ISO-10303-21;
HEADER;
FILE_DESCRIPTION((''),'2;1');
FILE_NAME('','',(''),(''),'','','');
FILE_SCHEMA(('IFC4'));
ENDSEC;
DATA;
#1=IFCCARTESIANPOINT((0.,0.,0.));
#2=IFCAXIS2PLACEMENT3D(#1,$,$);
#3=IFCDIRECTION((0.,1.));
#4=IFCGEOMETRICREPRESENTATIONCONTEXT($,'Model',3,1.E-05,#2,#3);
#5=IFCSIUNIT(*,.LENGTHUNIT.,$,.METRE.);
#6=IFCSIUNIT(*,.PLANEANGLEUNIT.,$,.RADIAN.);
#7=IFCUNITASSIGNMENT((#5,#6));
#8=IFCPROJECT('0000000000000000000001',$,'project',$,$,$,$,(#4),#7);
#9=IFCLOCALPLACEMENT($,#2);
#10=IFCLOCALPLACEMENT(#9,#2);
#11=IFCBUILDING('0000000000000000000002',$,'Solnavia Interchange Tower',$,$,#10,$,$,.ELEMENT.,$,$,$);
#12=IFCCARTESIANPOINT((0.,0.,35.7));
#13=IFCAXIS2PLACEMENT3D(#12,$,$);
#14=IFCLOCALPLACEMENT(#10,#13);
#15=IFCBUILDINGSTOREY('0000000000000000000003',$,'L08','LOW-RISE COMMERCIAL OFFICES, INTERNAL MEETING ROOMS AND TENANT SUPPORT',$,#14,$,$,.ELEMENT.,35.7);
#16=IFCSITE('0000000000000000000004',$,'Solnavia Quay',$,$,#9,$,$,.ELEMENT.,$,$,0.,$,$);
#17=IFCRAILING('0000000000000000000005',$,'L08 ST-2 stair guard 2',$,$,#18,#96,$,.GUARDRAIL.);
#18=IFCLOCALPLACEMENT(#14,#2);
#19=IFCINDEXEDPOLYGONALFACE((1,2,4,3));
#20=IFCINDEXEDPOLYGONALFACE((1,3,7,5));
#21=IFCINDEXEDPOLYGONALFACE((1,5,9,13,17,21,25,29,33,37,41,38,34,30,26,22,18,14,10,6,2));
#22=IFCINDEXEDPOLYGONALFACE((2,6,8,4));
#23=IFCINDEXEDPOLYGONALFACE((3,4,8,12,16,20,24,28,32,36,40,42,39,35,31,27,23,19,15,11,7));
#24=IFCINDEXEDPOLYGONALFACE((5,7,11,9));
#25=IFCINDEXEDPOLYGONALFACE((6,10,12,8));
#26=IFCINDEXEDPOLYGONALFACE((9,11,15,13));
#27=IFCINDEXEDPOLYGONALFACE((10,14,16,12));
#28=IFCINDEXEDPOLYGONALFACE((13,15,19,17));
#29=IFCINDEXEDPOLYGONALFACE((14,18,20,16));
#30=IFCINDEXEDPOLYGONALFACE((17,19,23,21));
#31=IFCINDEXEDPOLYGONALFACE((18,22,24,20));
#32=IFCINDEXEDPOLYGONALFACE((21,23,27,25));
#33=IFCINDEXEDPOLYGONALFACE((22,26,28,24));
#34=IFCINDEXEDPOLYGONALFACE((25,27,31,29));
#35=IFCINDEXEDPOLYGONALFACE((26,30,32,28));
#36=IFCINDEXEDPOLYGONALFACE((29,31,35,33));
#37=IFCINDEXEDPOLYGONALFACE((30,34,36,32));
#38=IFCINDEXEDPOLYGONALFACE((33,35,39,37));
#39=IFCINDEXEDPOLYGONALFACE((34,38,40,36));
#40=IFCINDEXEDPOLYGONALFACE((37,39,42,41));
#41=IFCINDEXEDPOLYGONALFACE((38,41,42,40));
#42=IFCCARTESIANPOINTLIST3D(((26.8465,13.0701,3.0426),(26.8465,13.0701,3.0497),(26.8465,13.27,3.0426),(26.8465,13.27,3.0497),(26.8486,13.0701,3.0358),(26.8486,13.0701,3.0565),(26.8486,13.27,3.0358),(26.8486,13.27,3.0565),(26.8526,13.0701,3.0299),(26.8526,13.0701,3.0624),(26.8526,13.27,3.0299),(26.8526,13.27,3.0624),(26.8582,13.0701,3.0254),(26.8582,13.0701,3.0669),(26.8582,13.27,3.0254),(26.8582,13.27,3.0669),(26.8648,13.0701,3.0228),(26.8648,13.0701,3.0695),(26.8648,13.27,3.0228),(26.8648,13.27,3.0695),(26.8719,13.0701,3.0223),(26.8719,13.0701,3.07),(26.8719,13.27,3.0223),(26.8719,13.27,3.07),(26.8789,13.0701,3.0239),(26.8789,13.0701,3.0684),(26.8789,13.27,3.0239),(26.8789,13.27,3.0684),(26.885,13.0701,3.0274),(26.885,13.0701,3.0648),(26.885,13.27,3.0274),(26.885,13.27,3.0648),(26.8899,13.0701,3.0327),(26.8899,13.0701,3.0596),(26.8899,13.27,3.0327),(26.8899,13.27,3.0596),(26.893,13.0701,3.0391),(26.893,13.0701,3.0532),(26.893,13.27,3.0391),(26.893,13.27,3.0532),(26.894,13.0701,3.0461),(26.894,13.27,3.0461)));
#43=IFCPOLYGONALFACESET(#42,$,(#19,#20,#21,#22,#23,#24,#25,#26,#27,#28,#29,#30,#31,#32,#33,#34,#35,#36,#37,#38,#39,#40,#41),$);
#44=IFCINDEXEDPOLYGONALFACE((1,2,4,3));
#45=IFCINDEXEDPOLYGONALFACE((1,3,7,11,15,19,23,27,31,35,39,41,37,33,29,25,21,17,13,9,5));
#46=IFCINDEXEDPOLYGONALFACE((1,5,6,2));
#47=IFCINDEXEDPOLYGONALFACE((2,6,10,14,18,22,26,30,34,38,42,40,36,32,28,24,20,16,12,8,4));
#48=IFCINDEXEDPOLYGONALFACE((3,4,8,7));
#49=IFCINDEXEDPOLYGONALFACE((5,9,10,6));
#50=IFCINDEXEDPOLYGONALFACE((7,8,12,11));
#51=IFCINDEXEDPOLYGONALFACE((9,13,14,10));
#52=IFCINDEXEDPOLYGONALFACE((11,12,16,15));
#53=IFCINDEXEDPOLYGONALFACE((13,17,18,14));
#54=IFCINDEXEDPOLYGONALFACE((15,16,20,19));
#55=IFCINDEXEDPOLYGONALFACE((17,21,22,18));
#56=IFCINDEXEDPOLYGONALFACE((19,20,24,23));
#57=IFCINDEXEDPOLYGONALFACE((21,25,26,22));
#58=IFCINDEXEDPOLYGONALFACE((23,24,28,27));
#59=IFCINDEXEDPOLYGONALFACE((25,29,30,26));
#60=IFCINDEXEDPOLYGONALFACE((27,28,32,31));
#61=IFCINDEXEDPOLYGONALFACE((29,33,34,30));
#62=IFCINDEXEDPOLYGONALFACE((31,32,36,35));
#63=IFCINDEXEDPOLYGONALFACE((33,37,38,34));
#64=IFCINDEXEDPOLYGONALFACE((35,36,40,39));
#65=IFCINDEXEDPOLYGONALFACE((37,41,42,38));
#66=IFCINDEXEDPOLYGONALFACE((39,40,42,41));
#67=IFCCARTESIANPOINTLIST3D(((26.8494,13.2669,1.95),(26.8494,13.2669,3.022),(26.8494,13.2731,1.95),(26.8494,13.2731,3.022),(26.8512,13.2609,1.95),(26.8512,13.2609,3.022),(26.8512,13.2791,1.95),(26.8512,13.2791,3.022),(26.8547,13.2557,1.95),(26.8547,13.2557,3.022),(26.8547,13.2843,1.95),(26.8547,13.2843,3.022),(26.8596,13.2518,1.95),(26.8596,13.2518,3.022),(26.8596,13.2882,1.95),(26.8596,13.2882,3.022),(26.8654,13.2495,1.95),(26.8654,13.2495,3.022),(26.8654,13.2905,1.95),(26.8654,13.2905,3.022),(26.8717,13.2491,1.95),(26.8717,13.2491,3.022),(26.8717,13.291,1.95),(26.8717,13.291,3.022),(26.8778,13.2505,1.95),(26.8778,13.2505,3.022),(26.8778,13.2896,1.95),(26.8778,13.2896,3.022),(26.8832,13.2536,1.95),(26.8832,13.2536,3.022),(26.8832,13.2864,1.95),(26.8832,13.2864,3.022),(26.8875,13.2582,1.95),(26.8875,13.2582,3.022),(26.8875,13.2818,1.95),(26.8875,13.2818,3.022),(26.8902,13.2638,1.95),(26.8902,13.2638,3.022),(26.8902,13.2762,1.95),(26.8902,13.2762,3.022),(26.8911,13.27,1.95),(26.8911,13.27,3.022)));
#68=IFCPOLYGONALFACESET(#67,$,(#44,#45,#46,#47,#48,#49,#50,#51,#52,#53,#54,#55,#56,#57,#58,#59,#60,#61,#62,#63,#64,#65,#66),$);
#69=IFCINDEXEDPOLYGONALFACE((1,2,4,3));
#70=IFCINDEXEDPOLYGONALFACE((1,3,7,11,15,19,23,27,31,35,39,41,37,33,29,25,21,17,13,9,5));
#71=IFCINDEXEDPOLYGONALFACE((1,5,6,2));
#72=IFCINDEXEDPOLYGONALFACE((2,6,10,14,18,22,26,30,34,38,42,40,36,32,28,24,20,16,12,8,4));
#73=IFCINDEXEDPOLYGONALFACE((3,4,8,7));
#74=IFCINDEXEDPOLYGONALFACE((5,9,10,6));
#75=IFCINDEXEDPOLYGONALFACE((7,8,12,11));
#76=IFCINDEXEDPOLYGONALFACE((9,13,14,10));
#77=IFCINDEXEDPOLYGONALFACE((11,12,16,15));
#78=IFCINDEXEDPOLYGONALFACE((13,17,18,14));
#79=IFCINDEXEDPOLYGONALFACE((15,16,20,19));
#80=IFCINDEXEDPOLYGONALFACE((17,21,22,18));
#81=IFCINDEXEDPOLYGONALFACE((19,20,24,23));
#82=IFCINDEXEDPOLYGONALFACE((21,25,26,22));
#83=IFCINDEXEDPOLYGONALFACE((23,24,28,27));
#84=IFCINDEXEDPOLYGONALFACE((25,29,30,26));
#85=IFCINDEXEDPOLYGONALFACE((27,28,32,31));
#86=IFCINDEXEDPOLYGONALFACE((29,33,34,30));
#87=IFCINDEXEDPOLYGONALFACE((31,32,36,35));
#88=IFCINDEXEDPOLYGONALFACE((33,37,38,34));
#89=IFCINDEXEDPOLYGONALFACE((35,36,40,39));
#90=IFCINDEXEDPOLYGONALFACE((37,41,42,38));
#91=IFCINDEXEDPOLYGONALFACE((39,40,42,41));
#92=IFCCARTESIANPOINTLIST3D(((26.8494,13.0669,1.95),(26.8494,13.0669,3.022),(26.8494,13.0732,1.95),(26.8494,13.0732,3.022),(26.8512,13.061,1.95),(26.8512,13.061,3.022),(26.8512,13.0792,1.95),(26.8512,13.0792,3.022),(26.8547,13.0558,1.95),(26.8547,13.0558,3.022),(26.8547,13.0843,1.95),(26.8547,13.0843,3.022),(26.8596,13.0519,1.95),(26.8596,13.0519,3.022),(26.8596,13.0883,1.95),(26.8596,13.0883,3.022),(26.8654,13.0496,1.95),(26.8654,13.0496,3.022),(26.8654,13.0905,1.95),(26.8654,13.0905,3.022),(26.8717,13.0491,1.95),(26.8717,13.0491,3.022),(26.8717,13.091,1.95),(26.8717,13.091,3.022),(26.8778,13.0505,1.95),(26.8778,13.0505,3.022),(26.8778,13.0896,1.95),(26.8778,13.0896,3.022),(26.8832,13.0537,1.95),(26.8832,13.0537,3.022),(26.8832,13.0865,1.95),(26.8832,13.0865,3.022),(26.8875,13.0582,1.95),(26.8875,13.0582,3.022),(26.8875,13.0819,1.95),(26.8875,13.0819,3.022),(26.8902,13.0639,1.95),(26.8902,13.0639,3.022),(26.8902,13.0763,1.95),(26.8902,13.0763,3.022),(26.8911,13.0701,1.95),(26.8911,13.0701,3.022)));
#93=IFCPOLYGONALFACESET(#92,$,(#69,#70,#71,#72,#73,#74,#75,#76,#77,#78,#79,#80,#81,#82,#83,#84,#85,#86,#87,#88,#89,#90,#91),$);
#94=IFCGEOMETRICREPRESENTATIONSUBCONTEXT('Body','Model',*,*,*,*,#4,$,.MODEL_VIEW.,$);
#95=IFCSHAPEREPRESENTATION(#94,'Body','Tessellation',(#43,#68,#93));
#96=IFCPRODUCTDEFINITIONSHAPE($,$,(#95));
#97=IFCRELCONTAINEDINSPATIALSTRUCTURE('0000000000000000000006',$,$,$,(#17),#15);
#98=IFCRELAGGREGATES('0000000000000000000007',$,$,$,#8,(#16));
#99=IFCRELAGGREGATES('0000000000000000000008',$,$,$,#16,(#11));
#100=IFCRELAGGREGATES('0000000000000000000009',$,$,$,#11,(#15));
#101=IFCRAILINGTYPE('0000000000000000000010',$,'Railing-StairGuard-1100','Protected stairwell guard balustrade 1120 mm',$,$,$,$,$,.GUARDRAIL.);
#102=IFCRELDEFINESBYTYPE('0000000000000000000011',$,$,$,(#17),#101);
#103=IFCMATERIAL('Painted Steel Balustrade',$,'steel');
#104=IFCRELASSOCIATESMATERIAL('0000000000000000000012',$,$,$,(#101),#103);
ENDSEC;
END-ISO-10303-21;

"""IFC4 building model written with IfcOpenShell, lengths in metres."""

from ifc_helpers import new_model, si_unit, direction, frame, origin, origin_2d, place, context, subcontext, project, spatial, circle, extrude, material, type_object, element, save


model = new_model("IFC4")

# Units and contexts
model_context = context("Model", 3, precision=1e-05, world=origin(), true_north=direction((0.0, 1.0)))
body_context = subcontext(model_context, "Body", "Model", "MODEL_VIEW")
ifc_project = project(units=[si_unit("LENGTHUNIT", "METRE"), si_unit("PLANEANGLEUNIT", "RADIAN")], contexts=[model_context])

# Site, building, storey
site_placement = place(None, origin())
site = spatial("IfcSite", under=ifc_project, at=site_placement, Name="Solnavia Quay", CompositionType="ELEMENT", RefElevation=0.0)
building_placement = place(site_placement, origin())
building = spatial("IfcBuilding", under=site, at=building_placement, Name="Solnavia Interchange Tower", CompositionType="ELEMENT")
storey_placement = place(building_placement, frame((0.0, 0.0, 35.7)))
storey = spatial("IfcBuildingStorey", under=building, at=storey_placement, Name="L08", Description="LOW-RISE COMMERCIAL OFFICES, INTERNAL MEETING ROOMS AND TENANT SUPPORT", CompositionType="ELEMENT", Elevation=35.7)

# Railing
ifc_material_1 = material(Name="Painted Steel Balustrade", Category="steel")
railing_type_1 = type_object("IfcRailingType", Name="Railing-StairGuard-1100", Description="Protected stairwell guard balustrade 1120 mm", PredefinedType="GUARDRAIL", material=ifc_material_1)
railing_1_placement = place(storey_placement, frame((26.8701, 13.27, 1.95)))
element("IfcRailing", 1, at=railing_1_placement, inside=storey, type_object=railing_type_1, Name="L08 ST-2 stair guard 2", PredefinedType="GUARDRAIL", context=body_context, shape_type="SweptSolid", body=[
    extrude(circle(Radius=0.0239, at=origin_2d()), frame((0.0, 0.0, 1.0962), z_axis=(0.0, -1.0, 0.0), x_axis=(1.0, 0.0, 0.0)), (0.0, 0.0, 1.0), 0.2),
    extrude(circle(Radius=0.021, at=origin_2d()), origin(), (0.0, 0.0, 1.0), 1.072),
    extrude(circle(Radius=0.021, at=origin_2d()), frame((0.0, -0.2, 0.0)), (0.0, 0.0, 1.0), 1.072),
])

save(model, "model.ifc")
